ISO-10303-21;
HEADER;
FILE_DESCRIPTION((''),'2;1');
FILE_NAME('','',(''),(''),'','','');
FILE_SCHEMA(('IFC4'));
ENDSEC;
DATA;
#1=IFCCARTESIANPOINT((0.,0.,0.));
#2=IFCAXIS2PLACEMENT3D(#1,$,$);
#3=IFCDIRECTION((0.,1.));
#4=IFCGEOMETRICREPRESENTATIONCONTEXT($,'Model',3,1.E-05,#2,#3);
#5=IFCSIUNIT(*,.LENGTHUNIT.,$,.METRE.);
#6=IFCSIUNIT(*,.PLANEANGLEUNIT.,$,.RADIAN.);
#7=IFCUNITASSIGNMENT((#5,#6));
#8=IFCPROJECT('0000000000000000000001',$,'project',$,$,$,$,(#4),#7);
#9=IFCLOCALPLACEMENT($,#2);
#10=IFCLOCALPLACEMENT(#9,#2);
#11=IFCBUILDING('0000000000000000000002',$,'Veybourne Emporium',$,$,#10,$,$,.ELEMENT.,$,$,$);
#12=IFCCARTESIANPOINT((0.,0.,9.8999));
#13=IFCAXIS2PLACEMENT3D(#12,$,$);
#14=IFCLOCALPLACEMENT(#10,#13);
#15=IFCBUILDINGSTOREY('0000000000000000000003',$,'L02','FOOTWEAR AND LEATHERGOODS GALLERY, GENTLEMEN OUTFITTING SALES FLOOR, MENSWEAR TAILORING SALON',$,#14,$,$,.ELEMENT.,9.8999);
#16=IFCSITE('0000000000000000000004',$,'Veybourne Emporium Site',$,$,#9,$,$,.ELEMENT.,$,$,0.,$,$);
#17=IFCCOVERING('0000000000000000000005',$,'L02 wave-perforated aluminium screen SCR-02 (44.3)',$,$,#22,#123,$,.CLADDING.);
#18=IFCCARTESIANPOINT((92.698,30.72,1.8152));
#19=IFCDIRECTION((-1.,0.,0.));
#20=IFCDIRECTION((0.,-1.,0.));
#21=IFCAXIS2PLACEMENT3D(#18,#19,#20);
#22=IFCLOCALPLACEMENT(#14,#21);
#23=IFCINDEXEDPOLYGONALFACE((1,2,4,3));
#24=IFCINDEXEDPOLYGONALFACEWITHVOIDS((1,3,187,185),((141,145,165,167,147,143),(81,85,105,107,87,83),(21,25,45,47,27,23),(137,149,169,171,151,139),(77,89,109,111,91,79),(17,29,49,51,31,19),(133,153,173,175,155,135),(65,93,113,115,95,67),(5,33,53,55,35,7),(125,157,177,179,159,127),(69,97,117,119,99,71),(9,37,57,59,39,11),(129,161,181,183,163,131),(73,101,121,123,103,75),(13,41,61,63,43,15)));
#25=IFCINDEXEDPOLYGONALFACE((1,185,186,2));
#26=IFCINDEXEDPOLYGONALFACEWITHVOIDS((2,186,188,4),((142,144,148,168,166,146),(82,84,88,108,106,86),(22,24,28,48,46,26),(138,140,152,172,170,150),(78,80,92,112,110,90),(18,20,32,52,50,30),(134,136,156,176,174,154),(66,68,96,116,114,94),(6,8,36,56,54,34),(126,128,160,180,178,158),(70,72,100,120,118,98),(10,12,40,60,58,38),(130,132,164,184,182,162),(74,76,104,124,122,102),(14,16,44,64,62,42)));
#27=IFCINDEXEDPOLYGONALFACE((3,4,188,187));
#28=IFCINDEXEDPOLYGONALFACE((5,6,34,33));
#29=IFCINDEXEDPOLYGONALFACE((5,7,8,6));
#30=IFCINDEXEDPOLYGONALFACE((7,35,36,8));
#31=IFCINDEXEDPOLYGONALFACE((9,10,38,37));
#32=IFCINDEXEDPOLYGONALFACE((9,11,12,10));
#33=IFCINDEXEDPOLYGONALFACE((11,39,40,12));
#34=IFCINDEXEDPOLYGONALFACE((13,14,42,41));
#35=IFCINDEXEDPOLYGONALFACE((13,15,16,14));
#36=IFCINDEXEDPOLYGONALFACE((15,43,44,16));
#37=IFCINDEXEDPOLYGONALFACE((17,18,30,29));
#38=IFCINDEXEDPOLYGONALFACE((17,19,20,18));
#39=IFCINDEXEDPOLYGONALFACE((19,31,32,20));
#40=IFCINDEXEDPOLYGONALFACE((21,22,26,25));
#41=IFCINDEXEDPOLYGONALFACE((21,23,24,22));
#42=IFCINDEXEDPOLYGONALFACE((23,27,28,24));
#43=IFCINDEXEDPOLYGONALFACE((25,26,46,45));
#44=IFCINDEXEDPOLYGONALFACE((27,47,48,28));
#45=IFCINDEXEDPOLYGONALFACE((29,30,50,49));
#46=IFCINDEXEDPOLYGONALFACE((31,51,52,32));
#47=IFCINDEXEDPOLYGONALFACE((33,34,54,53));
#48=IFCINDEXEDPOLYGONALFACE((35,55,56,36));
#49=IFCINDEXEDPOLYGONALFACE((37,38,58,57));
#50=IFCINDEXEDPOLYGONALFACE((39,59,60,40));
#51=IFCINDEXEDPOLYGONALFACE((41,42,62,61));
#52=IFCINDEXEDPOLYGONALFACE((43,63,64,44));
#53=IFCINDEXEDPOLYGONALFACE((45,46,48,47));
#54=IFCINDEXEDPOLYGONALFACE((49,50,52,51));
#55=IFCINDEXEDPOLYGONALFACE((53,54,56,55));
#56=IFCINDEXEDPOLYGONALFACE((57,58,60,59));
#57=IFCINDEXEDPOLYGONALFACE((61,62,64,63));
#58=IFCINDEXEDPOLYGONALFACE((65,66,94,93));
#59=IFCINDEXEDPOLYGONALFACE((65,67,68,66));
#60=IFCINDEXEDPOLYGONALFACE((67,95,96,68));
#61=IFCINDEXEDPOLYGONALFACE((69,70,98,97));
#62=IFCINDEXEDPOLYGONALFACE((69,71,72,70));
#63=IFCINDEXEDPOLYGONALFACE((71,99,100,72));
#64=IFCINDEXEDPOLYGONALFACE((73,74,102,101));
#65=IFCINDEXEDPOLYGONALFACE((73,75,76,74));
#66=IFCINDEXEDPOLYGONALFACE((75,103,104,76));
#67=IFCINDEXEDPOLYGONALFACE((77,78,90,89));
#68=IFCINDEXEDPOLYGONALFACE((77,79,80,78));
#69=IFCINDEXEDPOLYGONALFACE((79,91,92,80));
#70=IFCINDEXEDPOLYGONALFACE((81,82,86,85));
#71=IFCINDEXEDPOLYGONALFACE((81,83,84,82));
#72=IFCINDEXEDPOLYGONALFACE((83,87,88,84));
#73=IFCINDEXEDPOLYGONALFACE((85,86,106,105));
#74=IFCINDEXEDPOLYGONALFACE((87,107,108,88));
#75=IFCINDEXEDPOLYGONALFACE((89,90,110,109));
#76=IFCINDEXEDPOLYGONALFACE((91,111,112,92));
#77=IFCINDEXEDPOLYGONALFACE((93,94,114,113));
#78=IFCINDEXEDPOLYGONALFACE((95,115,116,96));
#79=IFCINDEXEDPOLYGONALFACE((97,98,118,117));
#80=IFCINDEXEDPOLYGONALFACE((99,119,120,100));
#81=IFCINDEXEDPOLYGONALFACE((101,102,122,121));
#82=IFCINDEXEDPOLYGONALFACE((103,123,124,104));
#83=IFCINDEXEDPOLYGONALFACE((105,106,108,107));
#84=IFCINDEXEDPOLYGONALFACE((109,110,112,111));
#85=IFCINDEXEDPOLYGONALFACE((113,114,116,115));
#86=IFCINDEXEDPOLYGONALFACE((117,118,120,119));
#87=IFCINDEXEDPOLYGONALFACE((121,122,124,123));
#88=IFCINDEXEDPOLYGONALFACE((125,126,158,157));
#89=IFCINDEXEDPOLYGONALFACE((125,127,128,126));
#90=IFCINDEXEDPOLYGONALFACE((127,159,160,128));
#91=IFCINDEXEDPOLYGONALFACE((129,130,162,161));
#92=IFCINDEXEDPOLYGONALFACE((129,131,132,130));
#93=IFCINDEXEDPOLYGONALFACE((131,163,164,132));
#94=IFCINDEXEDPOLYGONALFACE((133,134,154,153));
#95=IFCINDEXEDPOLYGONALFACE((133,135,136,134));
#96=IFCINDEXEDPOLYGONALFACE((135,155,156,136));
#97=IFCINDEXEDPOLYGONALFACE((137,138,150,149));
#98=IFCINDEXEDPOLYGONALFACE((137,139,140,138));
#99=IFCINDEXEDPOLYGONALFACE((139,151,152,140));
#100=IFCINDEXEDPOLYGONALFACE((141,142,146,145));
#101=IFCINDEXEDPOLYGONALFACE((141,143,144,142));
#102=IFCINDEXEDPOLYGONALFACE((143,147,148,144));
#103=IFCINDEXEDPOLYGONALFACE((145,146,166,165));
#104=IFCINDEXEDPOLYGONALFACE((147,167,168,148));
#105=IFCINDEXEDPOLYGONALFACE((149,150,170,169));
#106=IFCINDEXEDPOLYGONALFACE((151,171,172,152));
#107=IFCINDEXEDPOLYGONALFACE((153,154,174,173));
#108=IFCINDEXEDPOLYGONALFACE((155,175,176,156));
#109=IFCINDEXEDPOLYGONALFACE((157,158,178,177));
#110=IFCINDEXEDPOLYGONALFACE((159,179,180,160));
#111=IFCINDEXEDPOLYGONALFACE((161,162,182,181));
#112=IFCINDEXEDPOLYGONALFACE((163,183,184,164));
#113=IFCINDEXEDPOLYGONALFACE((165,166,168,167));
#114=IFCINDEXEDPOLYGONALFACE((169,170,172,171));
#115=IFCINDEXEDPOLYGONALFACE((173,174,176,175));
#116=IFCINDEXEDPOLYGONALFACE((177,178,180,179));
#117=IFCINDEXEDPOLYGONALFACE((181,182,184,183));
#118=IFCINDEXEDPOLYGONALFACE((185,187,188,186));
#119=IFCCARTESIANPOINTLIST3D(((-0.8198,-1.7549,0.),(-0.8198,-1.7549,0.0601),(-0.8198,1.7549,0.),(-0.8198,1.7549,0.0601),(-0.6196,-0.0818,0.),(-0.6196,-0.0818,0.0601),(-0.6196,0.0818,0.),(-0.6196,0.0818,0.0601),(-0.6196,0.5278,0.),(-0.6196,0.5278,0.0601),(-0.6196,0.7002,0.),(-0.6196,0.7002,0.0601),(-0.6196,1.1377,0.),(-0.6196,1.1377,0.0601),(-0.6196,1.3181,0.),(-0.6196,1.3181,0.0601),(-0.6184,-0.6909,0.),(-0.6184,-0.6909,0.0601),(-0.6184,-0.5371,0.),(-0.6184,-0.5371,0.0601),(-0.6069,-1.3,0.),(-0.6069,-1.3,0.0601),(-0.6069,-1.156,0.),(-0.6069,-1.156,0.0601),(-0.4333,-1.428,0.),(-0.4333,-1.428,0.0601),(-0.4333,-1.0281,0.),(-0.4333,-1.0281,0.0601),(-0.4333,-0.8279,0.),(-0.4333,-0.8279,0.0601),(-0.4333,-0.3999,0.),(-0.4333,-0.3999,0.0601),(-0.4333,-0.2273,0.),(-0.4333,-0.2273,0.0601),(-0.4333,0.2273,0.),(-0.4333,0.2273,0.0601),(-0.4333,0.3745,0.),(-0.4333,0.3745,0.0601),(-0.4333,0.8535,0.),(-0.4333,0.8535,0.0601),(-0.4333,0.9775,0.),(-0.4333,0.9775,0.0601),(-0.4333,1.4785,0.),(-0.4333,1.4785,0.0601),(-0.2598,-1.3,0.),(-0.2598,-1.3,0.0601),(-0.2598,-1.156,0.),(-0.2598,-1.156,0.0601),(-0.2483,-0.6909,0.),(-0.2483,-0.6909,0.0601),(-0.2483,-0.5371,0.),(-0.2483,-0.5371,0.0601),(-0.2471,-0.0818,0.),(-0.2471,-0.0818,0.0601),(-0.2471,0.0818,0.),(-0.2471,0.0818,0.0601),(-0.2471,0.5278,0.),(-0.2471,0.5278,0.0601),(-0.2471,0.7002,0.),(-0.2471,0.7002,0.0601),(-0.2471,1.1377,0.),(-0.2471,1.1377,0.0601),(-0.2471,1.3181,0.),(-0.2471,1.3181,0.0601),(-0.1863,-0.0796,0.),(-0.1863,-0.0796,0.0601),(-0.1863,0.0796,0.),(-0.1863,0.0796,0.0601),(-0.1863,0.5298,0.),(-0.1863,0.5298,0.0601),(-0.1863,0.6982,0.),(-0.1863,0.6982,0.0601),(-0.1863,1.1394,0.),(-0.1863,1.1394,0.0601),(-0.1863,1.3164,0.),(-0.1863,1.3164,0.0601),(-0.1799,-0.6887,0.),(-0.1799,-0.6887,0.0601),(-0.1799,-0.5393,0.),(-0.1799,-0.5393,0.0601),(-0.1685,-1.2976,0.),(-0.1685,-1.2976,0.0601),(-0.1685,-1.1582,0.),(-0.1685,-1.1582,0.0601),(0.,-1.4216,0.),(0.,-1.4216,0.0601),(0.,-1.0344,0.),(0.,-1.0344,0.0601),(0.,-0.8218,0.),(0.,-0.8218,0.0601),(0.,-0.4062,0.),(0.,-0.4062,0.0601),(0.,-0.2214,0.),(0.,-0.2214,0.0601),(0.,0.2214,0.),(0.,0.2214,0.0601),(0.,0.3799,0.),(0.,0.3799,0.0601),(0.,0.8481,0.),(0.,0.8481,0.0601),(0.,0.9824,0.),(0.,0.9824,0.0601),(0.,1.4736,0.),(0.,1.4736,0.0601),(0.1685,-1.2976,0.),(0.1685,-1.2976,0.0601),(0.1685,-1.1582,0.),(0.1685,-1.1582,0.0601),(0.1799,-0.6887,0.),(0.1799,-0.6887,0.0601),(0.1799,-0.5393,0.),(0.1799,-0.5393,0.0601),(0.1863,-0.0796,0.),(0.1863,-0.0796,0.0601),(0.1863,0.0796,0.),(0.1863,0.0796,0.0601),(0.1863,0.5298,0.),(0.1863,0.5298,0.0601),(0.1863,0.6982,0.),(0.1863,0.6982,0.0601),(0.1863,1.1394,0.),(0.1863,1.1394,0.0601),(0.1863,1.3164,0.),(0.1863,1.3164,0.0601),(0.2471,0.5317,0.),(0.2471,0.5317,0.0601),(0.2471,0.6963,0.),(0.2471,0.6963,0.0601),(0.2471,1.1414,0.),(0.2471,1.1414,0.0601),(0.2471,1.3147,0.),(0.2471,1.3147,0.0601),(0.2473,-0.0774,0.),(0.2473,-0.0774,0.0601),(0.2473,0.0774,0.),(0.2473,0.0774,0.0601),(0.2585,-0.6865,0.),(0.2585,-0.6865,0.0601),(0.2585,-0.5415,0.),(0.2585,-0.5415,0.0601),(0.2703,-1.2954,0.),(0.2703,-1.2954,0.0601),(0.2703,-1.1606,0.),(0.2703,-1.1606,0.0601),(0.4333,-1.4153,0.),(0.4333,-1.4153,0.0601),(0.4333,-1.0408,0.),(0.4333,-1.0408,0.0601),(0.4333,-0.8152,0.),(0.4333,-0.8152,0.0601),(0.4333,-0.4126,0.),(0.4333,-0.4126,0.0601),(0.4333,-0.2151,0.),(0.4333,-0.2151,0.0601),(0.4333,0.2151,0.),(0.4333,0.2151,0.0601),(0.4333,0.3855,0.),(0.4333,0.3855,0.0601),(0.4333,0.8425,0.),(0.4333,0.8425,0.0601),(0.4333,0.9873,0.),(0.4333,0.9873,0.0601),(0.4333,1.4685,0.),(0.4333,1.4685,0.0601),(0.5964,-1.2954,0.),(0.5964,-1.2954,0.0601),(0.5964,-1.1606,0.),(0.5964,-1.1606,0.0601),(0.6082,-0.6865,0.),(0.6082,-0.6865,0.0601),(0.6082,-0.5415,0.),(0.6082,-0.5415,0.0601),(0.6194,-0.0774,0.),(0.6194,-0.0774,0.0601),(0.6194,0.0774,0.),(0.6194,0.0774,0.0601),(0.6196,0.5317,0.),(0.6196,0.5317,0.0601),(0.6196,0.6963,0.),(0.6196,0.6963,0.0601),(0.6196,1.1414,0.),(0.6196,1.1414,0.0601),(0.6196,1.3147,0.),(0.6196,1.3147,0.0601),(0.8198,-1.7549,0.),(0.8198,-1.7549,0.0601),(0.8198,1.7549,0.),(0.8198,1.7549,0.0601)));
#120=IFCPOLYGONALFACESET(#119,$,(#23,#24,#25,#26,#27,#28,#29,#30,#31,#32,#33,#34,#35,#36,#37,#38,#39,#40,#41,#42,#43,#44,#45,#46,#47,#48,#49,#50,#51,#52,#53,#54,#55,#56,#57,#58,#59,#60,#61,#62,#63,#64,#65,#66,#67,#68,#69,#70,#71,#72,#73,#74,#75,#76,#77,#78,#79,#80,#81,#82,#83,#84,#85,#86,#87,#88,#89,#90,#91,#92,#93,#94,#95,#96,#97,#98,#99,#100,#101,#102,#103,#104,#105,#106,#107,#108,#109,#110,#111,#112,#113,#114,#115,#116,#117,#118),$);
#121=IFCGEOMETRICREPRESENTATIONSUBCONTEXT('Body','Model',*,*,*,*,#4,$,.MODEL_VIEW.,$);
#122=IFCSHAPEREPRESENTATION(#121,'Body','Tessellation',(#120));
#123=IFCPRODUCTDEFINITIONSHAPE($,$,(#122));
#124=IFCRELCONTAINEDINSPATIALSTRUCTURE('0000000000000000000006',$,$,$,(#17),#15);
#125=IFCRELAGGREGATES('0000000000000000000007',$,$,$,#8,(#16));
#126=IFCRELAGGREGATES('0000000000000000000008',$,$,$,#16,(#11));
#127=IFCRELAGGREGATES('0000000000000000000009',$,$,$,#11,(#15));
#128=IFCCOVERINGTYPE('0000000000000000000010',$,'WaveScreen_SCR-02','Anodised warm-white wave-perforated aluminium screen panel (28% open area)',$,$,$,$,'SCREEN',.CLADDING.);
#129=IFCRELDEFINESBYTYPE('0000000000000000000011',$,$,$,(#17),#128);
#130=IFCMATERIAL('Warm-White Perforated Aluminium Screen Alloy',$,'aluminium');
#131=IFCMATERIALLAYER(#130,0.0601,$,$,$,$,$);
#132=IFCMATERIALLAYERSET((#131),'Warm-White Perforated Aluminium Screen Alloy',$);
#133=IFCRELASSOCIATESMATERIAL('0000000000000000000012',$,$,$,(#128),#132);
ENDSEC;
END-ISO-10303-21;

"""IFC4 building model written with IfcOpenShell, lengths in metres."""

from ifc_helpers import new_model, si_unit, direction, frame, origin, place, context, subcontext, project, spatial, polyline, outline, extrude, material, layer, layer_set, type_object, element, save


model = new_model("IFC4")

# Units and contexts
model_context = context("Model", 3, precision=1e-05, world=origin(), true_north=direction((0.0, 1.0)))
body_context = subcontext(model_context, "Body", "Model", "MODEL_VIEW")
ifc_project = project(units=[si_unit("LENGTHUNIT", "METRE"), si_unit("PLANEANGLEUNIT", "RADIAN")], contexts=[model_context])

# Site, building, storey
site_placement = place(None, origin())
site = spatial("IfcSite", under=ifc_project, at=site_placement, Name="Veybourne Emporium Site", CompositionType="ELEMENT", RefElevation=0.0)
building_placement = place(site_placement, origin())
building = spatial("IfcBuilding", under=site, at=building_placement, Name="Veybourne Emporium", CompositionType="ELEMENT")
storey_placement = place(building_placement, frame((0.0, 0.0, 9.8999)))
storey = spatial("IfcBuildingStorey", under=building, at=storey_placement, Name="L02", Description="FOOTWEAR AND LEATHERGOODS GALLERY, GENTLEMEN OUTFITTING SALES FLOOR, MENSWEAR TAILORING SALON", CompositionType="ELEMENT", Elevation=9.8999)

# Covering
ifc_material_1 = material(Name="Warm-White Perforated Aluminium Screen Alloy", Category="aluminium")
ifc_layer_1 = layer(ifc_material_1, 0.0601)
ifc_layer_set_1 = layer_set([ifc_layer_1], Name="Warm-White Perforated Aluminium Screen Alloy")
covering_type_1 = type_object("IfcCoveringType", Name="WaveScreen_SCR-02", Description="Anodised warm-white wave-perforated aluminium screen panel (28% open area)", ElementType="SCREEN", PredefinedType="CLADDING", material=ifc_layer_set_1)
covering_1_placement = place(storey_placement, frame((92.698, 30.72, 1.8152), z_axis=(-1.0, 0.0, 0.0), x_axis=(0.0, -1.0, 0.0)))
element("IfcCovering", 1, at=covering_1_placement, inside=storey, type_object=covering_type_1, Name="L02 wave-perforated aluminium screen SCR-02 (44.3)", PredefinedType="CLADDING", context=body_context, shape_type="SweptSolid", body=[
    extrude(outline(polyline([(-0.8198, -1.7549), (0.8198, -1.7549), (0.8198, 1.7549), (-0.8198, 1.7549), (-0.8198, -1.7549)]), holes=[polyline([(-0.4333, -1.0281), (-0.2598, -1.156), (-0.2598, -1.3), (-0.4333, -1.428), (-0.6069, -1.3), (-0.6069, -1.156), (-0.4333, -1.0281)]), polyline([(-0.4333, -0.3999), (-0.2483, -0.5371), (-0.2483, -0.6909), (-0.4333, -0.8279), (-0.6184, -0.6909), (-0.6184, -0.5371), (-0.4333, -0.3999)]), polyline([(-0.4333, 0.2273), (-0.2471, 0.0818), (-0.2471, -0.0818), (-0.4333, -0.2273), (-0.6196, -0.0818), (-0.6196, 0.0818), (-0.4333, 0.2273)]), polyline([(-0.4333, 0.8535), (-0.2471, 0.7002), (-0.2471, 0.5278), (-0.4333, 0.3745), (-0.6196, 0.5278), (-0.6196, 0.7002), (-0.4333, 0.8535)]), polyline([(-0.4333, 1.4785), (-0.2471, 1.3181), (-0.2471, 1.1377), (-0.4333, 0.9775), (-0.6196, 1.1377), (-0.6196, 1.3181), (-0.4333, 1.4785)]), polyline([(0.0, -1.0344), (0.1685, -1.1582), (0.1685, -1.2976), (0.0, -1.4216), (-0.1685, -1.2976), (-0.1685, -1.1582), (0.0, -1.0344)]), polyline([(0.0, -0.4062), (0.1799, -0.5393), (0.1799, -0.6887), (0.0, -0.8218), (-0.1799, -0.6887), (-0.1799, -0.5393), (0.0, -0.4062)]), polyline([(0.0, 0.2214), (0.1863, 0.0796), (0.1863, -0.0796), (0.0, -0.2214), (-0.1863, -0.0796), (-0.1863, 0.0796), (0.0, 0.2214)]), polyline([(0.0, 0.8481), (0.1863, 0.6982), (0.1863, 0.5298), (0.0, 0.3799), (-0.1863, 0.5298), (-0.1863, 0.6982), (0.0, 0.8481)]), polyline([(0.0, 1.4736), (0.1863, 1.3164), (0.1863, 1.1394), (0.0, 0.9824), (-0.1863, 1.1394), (-0.1863, 1.3164), (0.0, 1.4736)]), polyline([(0.4333, -1.0408), (0.5964, -1.1606), (0.5964, -1.2954), (0.4333, -1.4153), (0.2703, -1.2954), (0.2703, -1.1606), (0.4333, -1.0408)]), polyline([(0.4333, -0.4126), (0.6082, -0.5415), (0.6082, -0.6865), (0.4333, -0.8152), (0.2585, -0.6865), (0.2585, -0.5415), (0.4333, -0.4126)]), polyline([(0.4333, 0.2151), (0.6194, 0.0774), (0.6194, -0.0774), (0.4333, -0.2151), (0.2473, -0.0774), (0.2473, 0.0774), (0.4333, 0.2151)]), polyline([(0.4333, 0.8425), (0.6196, 0.6963), (0.6196, 0.5317), (0.4333, 0.3855), (0.2471, 0.5317), (0.2471, 0.6963), (0.4333, 0.8425)]), polyline([(0.4333, 1.4685), (0.6196, 1.3147), (0.6196, 1.1414), (0.4333, 0.9873), (0.2471, 1.1414), (0.2471, 1.3147), (0.4333, 1.4685)])]), origin(), (0.0, 0.0, 1.0), 0.0601),
])

save(model, "model.ifc")
